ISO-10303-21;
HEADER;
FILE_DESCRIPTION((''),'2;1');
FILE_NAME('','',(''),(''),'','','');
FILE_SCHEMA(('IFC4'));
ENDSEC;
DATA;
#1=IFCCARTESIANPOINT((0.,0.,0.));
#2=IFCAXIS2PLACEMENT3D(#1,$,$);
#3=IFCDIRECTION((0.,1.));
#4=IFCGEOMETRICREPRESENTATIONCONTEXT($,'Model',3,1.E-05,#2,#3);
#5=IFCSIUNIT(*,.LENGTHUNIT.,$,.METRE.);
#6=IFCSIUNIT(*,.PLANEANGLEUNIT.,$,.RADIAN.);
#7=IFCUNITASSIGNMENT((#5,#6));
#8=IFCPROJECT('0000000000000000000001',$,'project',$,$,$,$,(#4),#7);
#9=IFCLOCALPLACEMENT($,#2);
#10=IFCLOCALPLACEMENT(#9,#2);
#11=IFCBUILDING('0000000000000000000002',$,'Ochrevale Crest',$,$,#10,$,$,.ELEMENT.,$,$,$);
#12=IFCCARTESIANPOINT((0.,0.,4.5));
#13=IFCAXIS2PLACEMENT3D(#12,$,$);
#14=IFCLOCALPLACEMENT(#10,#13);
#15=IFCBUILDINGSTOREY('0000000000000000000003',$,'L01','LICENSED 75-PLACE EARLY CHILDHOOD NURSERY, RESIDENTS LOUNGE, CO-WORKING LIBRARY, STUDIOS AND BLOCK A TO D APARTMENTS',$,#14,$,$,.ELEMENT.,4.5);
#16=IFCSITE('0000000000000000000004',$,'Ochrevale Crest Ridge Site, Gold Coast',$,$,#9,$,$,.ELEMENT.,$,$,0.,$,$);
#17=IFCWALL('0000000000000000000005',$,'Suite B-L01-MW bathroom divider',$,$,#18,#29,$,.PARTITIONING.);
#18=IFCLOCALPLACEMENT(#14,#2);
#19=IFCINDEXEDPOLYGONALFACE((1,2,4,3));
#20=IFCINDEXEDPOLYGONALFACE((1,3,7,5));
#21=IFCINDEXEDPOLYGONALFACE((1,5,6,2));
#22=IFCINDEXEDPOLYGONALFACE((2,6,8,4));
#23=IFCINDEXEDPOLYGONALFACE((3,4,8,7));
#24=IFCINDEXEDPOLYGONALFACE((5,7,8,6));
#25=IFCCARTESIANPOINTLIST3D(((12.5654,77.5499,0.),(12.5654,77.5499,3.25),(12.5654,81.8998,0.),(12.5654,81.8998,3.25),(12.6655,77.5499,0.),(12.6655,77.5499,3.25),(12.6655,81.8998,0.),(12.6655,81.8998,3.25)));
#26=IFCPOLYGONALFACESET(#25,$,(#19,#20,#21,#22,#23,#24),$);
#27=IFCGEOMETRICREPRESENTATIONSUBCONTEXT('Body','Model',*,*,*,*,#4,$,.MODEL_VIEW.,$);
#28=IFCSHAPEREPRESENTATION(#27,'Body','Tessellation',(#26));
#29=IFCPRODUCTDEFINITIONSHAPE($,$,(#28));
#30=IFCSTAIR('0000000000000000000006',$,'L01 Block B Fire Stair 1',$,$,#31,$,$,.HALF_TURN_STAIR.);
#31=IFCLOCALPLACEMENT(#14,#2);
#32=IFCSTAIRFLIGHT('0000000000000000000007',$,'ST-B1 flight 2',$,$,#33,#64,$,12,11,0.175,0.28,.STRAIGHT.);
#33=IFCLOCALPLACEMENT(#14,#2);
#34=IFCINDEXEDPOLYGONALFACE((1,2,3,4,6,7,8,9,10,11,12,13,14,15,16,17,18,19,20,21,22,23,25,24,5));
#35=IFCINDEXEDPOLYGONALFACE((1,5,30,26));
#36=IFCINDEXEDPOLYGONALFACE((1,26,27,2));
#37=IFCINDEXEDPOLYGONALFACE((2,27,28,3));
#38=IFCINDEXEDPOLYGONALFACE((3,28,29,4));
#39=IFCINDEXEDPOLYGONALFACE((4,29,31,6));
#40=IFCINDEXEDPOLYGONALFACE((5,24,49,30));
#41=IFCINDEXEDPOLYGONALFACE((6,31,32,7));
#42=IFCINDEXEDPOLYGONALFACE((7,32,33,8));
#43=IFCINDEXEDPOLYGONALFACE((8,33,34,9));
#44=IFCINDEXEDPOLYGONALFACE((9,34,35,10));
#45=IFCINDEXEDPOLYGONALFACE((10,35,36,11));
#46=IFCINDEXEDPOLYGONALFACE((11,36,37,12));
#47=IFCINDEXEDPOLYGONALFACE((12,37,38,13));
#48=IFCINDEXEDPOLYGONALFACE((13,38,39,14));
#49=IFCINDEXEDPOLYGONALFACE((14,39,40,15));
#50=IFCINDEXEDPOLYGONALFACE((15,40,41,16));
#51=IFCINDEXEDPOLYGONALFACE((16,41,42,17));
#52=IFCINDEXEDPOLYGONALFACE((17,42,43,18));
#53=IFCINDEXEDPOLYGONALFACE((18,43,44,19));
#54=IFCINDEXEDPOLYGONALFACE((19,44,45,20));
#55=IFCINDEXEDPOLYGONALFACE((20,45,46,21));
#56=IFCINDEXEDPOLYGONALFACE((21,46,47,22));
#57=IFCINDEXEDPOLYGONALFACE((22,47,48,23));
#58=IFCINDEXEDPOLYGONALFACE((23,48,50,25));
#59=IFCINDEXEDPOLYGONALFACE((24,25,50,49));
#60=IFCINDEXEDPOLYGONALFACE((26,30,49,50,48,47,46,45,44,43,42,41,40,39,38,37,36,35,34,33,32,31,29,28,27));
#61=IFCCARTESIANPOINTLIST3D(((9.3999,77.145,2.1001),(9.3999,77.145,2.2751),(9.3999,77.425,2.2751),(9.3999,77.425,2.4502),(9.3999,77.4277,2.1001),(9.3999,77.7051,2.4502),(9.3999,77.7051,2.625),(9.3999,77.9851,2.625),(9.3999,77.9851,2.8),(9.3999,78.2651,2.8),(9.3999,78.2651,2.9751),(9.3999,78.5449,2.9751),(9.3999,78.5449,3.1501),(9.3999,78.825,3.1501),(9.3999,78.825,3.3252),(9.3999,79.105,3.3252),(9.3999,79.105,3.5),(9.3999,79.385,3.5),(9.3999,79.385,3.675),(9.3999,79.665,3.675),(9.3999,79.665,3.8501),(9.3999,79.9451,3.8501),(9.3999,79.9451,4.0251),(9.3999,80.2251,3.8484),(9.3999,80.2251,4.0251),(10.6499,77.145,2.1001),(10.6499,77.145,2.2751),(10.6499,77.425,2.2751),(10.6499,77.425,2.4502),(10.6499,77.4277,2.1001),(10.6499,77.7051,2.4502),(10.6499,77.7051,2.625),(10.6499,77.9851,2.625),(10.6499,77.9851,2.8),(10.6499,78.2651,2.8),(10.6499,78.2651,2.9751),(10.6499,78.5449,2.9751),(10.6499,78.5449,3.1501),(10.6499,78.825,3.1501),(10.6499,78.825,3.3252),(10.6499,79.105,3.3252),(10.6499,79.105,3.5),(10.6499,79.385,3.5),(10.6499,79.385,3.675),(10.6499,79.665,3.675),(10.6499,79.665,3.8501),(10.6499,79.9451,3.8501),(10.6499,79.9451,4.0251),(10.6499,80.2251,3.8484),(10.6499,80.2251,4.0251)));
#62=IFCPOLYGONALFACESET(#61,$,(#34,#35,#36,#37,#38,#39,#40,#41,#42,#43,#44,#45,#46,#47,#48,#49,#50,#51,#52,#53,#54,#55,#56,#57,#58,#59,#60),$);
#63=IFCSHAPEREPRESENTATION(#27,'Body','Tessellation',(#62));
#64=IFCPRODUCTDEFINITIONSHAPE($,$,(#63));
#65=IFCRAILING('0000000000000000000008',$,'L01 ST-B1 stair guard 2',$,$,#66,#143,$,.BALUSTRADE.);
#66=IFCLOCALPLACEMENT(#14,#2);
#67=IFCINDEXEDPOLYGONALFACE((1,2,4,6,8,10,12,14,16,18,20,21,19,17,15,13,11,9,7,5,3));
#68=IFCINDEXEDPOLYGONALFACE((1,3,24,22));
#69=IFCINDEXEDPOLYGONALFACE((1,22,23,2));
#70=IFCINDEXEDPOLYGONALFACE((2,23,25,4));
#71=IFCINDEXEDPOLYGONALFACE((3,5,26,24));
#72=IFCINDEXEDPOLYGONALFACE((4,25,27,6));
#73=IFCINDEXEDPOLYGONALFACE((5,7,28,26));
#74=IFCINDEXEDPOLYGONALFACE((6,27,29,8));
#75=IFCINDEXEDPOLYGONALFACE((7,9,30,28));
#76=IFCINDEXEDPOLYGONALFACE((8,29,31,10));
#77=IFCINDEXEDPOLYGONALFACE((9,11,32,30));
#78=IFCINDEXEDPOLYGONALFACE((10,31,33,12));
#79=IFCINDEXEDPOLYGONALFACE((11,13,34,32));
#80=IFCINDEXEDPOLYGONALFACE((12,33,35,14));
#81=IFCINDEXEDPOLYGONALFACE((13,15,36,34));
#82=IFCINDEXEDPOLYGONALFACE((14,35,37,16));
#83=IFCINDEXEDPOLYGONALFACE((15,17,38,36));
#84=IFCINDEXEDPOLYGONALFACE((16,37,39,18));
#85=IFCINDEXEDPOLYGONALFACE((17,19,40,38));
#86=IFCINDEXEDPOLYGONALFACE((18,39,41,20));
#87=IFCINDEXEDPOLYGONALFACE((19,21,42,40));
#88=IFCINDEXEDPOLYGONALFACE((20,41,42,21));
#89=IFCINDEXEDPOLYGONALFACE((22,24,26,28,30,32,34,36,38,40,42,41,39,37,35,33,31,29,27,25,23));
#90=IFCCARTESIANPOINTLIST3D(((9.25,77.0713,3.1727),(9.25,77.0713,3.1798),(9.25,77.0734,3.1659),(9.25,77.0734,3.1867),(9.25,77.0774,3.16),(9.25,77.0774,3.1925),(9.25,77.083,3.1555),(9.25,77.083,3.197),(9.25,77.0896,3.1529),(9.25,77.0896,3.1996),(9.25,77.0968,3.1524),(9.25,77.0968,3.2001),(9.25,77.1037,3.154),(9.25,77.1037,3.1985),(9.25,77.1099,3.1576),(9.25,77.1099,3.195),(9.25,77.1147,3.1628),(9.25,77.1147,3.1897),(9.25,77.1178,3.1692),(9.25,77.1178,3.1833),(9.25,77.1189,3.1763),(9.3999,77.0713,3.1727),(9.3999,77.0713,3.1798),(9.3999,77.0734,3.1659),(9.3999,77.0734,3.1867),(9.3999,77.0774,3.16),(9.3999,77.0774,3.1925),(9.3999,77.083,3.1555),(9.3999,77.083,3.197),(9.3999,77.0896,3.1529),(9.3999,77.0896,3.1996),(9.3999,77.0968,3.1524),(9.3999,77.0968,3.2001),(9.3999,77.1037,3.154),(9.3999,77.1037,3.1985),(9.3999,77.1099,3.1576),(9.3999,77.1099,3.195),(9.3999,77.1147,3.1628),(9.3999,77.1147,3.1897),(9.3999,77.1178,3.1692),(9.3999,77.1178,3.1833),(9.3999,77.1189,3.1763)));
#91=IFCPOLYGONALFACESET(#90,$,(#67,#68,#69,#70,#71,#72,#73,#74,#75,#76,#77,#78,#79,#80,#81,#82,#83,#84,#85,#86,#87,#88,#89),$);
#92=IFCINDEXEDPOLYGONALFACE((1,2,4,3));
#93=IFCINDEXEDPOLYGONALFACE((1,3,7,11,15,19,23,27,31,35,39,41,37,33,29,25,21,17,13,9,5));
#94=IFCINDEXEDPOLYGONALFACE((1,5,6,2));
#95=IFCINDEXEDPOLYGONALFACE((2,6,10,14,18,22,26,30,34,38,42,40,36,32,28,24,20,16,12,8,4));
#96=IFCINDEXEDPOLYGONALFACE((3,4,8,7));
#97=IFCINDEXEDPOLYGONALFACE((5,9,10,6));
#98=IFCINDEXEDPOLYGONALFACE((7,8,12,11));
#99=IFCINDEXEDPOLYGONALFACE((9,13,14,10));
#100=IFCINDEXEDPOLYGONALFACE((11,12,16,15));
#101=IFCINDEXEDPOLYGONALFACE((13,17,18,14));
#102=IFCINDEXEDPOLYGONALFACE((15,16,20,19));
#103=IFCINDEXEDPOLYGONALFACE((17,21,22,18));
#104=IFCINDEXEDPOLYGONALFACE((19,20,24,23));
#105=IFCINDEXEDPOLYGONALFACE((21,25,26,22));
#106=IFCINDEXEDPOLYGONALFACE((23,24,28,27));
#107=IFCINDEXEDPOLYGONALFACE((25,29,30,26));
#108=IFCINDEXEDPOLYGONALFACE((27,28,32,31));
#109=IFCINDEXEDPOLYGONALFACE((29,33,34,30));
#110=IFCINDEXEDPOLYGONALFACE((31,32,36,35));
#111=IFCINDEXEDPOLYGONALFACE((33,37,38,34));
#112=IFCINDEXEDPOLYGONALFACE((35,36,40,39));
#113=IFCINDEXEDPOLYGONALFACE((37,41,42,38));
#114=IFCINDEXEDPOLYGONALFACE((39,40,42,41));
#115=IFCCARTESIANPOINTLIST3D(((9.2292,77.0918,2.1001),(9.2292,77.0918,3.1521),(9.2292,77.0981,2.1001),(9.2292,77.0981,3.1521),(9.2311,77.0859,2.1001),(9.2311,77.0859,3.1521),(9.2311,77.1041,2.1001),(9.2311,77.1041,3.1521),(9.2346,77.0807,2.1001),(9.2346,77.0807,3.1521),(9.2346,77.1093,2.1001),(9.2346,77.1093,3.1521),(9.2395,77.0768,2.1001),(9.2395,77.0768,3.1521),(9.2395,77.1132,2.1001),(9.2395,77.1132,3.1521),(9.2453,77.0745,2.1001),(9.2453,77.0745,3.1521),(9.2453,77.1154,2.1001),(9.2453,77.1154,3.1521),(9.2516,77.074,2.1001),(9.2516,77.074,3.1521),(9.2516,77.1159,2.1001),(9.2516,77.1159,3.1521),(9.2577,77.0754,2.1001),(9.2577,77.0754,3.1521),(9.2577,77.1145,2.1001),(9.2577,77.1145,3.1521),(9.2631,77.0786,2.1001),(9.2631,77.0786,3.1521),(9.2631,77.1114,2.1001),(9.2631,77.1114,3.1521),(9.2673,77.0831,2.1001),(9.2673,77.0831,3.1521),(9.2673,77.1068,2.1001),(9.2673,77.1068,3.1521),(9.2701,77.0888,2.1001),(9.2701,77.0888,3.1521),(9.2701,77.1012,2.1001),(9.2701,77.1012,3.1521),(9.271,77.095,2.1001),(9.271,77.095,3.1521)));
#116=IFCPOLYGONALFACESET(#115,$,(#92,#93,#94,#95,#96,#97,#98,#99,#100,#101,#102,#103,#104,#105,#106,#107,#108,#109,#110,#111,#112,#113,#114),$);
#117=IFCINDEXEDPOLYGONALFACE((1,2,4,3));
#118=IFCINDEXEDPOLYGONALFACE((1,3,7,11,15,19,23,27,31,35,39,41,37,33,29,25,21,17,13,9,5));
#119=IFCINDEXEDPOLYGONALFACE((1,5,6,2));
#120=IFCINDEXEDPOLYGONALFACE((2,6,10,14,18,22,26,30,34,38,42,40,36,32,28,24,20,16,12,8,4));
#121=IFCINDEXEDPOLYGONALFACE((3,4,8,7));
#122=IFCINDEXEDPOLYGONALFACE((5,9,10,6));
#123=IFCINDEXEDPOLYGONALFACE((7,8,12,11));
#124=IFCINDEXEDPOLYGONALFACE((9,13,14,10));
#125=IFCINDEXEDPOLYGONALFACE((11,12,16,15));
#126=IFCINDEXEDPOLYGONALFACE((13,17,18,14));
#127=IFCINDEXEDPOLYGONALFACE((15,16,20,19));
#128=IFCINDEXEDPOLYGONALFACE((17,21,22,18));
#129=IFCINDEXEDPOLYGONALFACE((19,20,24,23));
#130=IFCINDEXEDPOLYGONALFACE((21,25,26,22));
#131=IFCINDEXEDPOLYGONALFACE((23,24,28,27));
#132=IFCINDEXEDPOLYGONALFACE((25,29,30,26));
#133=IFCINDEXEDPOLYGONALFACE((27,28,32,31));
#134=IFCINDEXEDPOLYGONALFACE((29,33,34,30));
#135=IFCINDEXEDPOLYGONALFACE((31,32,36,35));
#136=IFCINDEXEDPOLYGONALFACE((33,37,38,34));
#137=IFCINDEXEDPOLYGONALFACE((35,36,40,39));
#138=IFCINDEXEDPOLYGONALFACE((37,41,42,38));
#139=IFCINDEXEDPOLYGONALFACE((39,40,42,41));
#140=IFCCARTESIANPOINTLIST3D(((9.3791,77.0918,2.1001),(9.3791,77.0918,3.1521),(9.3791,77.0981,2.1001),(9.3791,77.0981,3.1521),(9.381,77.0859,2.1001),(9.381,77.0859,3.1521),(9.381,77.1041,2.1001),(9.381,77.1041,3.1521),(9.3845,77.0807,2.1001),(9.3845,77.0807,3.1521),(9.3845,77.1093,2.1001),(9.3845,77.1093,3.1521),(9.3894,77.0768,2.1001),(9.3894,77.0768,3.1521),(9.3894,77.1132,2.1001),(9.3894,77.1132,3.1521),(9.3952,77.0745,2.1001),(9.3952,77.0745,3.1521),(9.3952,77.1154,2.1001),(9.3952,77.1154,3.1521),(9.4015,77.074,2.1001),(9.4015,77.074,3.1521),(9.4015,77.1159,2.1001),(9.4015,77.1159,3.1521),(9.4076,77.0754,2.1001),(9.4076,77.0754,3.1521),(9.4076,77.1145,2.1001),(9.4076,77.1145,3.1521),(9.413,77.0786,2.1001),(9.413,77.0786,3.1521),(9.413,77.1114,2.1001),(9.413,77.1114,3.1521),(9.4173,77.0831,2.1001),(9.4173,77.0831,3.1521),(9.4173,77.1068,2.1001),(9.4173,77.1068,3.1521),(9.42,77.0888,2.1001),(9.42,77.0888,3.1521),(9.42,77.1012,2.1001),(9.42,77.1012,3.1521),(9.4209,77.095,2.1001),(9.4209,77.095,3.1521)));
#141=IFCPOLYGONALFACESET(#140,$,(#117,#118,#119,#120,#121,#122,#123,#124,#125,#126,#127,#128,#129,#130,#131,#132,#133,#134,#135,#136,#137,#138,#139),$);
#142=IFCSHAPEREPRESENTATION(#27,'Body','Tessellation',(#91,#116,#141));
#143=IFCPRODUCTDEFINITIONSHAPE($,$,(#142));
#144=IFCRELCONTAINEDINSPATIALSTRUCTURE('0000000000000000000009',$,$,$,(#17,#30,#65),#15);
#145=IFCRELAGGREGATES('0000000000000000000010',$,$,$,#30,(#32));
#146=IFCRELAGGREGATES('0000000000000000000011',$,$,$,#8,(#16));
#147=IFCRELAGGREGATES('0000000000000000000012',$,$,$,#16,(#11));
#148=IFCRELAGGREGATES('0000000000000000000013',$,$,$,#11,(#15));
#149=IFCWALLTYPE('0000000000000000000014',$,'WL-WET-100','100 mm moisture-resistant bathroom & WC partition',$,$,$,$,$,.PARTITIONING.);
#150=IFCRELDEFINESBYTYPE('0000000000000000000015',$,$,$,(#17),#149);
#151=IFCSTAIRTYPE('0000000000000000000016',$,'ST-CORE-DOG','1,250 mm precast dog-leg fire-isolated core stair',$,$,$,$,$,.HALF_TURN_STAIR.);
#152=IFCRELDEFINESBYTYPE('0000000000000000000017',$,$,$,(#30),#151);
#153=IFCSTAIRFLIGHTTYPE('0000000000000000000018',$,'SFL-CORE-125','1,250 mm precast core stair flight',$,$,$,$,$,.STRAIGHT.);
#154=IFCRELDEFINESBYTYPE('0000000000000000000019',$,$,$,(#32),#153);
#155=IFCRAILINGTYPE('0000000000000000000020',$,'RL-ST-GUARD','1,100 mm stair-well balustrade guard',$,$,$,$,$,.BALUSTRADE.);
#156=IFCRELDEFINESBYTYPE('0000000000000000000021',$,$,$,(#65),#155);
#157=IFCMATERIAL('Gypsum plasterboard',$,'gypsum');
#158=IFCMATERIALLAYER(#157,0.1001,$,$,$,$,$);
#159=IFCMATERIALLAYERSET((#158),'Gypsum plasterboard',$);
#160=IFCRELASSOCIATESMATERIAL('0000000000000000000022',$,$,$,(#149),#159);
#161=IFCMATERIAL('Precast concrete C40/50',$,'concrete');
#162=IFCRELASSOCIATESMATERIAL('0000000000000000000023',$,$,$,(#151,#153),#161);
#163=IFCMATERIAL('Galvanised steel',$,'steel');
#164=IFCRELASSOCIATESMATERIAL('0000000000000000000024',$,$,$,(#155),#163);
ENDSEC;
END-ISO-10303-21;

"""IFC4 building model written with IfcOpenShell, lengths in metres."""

from ifc_helpers import new_model, si_unit, direction, frame, frame_2d, origin, origin_2d, place, context, subcontext, project, spatial, polyline, rectangle, circle, outline, extrude, material, layer, layer_set, type_object, element, aggregate, save


model = new_model("IFC4")

# Units and contexts
model_context = context("Model", 3, precision=1e-05, world=origin(), true_north=direction((0.0, 1.0)))
body_context = subcontext(model_context, "Body", "Model", "MODEL_VIEW")
ifc_project = project(units=[si_unit("LENGTHUNIT", "METRE"), si_unit("PLANEANGLEUNIT", "RADIAN")], contexts=[model_context])

# Site, building, storey
site_placement = place(None, origin())
site = spatial("IfcSite", under=ifc_project, at=site_placement, Name="Ochrevale Crest Ridge Site, Gold Coast", CompositionType="ELEMENT", RefElevation=0.0)
building_placement = place(site_placement, origin())
building = spatial("IfcBuilding", under=site, at=building_placement, Name="Ochrevale Crest", CompositionType="ELEMENT")
storey_placement = place(building_placement, frame((0.0, 0.0, 4.5)))
storey = spatial("IfcBuildingStorey", under=building, at=storey_placement, Name="L01", Description="LICENSED 75-PLACE EARLY CHILDHOOD NURSERY, RESIDENTS LOUNGE, CO-WORKING LIBRARY, STUDIOS AND BLOCK A TO D APARTMENTS", CompositionType="ELEMENT", Elevation=4.5)

# Shared definitions
ifc_material_1 = material(Name="Gypsum plasterboard", Category="gypsum")

# Wall
ifc_layer_1 = layer(ifc_material_1, 0.1001)
ifc_layer_set_1 = layer_set([ifc_layer_1], Name="Gypsum plasterboard")
wall_type_1 = type_object("IfcWallType", Name="WL-WET-100", Description="100 mm moisture-resistant bathroom & WC partition", PredefinedType="PARTITIONING", material=ifc_layer_set_1)
wall_1_placement = place(storey_placement, frame((12.6155, 77.55, 0.0), z_axis=(0.0, 0.0, 1.0), x_axis=(0.0, 1.0, 0.0)))
element("IfcWall", 1, at=wall_1_placement, inside=storey, type_object=wall_type_1, Name="Suite B-L01-MW bathroom divider", PredefinedType="PARTITIONING", context=body_context, shape_type="SweptSolid", body=[
    extrude(rectangle(XDim=4.3499, YDim=0.1001, at=frame_2d((2.1748, 0.0))), origin(), (0.0, 0.0, 1.0), 3.25),
])

# Stair, stair flight
ifc_material_2 = material(Name="Precast concrete C40/50", Category="concrete")
stair_type = type_object("IfcStairType", Name="ST-CORE-DOG", Description="1,250 mm precast dog-leg fire-isolated core stair", PredefinedType="HALF_TURN_STAIR", material=ifc_material_2)
stair_placement = place(storey_placement, origin())
stair = element("IfcStair", 2, at=stair_placement, inside=storey, type_object=stair_type, Name="L01 Block B Fire Stair 1", PredefinedType="HALF_TURN_STAIR")
stair_flight_type = type_object("IfcStairFlightType", Name="SFL-CORE-125", Description="1,250 mm precast core stair flight", PredefinedType="STRAIGHT", material=ifc_material_2)
stair_flight_placement = place(storey_placement, frame((10.0249, 77.145, 2.1001), z_axis=(0.0, 0.0, 1.0), x_axis=(0.0, 1.0, 0.0)))
stair_flight = element("IfcStairFlight", 3, at=stair_flight_placement, type_object=stair_flight_type, Name="ST-B1 flight 2", NumberOfRisers=12, NumberOfTreads=11, PredefinedType="STRAIGHT", RiserHeight=0.175, TreadLength=0.28, context=body_context, shape_type="SweptSolid", body=[
    extrude(outline(polyline([(0.0, 0.0), (0.0, 0.175), (0.28, 0.175), (0.28, 0.3501), (0.5601, 0.3501), (0.5601, 0.5249), (0.8401, 0.5249), (0.8401, 0.7), (1.1201, 0.7), (1.1201, 0.875), (1.3999, 0.875), (1.3999, 1.05), (1.6799, 1.05), (1.6799, 1.2251), (1.96, 1.2251), (1.96, 1.3999), (2.24, 1.3999), (2.24, 1.575), (2.52, 1.575), (2.52, 1.75), (2.8, 1.75), (2.8, 1.925), (3.0801, 1.925), (3.0801, 2.1001), (3.0801, 1.7483), (0.2827, 0.0), (0.0, 0.0)])), frame((0.0, 0.625, 0.0), z_axis=(0.0, -1.0, 0.0), x_axis=(1.0, 0.0, 0.0)), (0.0, 0.0, 1.0), 1.25),
])
aggregate(stair, [stair_flight])

# Railing
ifc_material_3 = material(Name="Galvanised steel", Category="steel")
railing_type_1 = type_object("IfcRailingType", Name="RL-ST-GUARD", Description="1,100 mm stair-well balustrade guard", PredefinedType="BALUSTRADE", material=ifc_material_3)
railing_1_placement = place(storey_placement, frame((9.25, 77.095, 2.1001)))
element("IfcRailing", 4, at=railing_1_placement, inside=storey, type_object=railing_type_1, Name="L01 ST-B1 stair guard 2", PredefinedType="BALUSTRADE", context=body_context, shape_type="SweptSolid", body=[
    extrude(circle(Radius=0.0239, at=origin_2d()), frame((0.0, 0.0, 1.0762), z_axis=(1.0, 0.0, 0.0), x_axis=(0.0, 1.0, 0.0)), (0.0, 0.0, 1.0), 0.1499),
    extrude(circle(Radius=0.021, at=origin_2d()), origin(), (0.0, 0.0, 1.0), 1.052),
    extrude(circle(Radius=0.021, at=origin_2d()), frame((0.1499, 0.0, 0.0)), (0.0, 0.0, 1.0), 1.052),
])

save(model, "model.ifc")
